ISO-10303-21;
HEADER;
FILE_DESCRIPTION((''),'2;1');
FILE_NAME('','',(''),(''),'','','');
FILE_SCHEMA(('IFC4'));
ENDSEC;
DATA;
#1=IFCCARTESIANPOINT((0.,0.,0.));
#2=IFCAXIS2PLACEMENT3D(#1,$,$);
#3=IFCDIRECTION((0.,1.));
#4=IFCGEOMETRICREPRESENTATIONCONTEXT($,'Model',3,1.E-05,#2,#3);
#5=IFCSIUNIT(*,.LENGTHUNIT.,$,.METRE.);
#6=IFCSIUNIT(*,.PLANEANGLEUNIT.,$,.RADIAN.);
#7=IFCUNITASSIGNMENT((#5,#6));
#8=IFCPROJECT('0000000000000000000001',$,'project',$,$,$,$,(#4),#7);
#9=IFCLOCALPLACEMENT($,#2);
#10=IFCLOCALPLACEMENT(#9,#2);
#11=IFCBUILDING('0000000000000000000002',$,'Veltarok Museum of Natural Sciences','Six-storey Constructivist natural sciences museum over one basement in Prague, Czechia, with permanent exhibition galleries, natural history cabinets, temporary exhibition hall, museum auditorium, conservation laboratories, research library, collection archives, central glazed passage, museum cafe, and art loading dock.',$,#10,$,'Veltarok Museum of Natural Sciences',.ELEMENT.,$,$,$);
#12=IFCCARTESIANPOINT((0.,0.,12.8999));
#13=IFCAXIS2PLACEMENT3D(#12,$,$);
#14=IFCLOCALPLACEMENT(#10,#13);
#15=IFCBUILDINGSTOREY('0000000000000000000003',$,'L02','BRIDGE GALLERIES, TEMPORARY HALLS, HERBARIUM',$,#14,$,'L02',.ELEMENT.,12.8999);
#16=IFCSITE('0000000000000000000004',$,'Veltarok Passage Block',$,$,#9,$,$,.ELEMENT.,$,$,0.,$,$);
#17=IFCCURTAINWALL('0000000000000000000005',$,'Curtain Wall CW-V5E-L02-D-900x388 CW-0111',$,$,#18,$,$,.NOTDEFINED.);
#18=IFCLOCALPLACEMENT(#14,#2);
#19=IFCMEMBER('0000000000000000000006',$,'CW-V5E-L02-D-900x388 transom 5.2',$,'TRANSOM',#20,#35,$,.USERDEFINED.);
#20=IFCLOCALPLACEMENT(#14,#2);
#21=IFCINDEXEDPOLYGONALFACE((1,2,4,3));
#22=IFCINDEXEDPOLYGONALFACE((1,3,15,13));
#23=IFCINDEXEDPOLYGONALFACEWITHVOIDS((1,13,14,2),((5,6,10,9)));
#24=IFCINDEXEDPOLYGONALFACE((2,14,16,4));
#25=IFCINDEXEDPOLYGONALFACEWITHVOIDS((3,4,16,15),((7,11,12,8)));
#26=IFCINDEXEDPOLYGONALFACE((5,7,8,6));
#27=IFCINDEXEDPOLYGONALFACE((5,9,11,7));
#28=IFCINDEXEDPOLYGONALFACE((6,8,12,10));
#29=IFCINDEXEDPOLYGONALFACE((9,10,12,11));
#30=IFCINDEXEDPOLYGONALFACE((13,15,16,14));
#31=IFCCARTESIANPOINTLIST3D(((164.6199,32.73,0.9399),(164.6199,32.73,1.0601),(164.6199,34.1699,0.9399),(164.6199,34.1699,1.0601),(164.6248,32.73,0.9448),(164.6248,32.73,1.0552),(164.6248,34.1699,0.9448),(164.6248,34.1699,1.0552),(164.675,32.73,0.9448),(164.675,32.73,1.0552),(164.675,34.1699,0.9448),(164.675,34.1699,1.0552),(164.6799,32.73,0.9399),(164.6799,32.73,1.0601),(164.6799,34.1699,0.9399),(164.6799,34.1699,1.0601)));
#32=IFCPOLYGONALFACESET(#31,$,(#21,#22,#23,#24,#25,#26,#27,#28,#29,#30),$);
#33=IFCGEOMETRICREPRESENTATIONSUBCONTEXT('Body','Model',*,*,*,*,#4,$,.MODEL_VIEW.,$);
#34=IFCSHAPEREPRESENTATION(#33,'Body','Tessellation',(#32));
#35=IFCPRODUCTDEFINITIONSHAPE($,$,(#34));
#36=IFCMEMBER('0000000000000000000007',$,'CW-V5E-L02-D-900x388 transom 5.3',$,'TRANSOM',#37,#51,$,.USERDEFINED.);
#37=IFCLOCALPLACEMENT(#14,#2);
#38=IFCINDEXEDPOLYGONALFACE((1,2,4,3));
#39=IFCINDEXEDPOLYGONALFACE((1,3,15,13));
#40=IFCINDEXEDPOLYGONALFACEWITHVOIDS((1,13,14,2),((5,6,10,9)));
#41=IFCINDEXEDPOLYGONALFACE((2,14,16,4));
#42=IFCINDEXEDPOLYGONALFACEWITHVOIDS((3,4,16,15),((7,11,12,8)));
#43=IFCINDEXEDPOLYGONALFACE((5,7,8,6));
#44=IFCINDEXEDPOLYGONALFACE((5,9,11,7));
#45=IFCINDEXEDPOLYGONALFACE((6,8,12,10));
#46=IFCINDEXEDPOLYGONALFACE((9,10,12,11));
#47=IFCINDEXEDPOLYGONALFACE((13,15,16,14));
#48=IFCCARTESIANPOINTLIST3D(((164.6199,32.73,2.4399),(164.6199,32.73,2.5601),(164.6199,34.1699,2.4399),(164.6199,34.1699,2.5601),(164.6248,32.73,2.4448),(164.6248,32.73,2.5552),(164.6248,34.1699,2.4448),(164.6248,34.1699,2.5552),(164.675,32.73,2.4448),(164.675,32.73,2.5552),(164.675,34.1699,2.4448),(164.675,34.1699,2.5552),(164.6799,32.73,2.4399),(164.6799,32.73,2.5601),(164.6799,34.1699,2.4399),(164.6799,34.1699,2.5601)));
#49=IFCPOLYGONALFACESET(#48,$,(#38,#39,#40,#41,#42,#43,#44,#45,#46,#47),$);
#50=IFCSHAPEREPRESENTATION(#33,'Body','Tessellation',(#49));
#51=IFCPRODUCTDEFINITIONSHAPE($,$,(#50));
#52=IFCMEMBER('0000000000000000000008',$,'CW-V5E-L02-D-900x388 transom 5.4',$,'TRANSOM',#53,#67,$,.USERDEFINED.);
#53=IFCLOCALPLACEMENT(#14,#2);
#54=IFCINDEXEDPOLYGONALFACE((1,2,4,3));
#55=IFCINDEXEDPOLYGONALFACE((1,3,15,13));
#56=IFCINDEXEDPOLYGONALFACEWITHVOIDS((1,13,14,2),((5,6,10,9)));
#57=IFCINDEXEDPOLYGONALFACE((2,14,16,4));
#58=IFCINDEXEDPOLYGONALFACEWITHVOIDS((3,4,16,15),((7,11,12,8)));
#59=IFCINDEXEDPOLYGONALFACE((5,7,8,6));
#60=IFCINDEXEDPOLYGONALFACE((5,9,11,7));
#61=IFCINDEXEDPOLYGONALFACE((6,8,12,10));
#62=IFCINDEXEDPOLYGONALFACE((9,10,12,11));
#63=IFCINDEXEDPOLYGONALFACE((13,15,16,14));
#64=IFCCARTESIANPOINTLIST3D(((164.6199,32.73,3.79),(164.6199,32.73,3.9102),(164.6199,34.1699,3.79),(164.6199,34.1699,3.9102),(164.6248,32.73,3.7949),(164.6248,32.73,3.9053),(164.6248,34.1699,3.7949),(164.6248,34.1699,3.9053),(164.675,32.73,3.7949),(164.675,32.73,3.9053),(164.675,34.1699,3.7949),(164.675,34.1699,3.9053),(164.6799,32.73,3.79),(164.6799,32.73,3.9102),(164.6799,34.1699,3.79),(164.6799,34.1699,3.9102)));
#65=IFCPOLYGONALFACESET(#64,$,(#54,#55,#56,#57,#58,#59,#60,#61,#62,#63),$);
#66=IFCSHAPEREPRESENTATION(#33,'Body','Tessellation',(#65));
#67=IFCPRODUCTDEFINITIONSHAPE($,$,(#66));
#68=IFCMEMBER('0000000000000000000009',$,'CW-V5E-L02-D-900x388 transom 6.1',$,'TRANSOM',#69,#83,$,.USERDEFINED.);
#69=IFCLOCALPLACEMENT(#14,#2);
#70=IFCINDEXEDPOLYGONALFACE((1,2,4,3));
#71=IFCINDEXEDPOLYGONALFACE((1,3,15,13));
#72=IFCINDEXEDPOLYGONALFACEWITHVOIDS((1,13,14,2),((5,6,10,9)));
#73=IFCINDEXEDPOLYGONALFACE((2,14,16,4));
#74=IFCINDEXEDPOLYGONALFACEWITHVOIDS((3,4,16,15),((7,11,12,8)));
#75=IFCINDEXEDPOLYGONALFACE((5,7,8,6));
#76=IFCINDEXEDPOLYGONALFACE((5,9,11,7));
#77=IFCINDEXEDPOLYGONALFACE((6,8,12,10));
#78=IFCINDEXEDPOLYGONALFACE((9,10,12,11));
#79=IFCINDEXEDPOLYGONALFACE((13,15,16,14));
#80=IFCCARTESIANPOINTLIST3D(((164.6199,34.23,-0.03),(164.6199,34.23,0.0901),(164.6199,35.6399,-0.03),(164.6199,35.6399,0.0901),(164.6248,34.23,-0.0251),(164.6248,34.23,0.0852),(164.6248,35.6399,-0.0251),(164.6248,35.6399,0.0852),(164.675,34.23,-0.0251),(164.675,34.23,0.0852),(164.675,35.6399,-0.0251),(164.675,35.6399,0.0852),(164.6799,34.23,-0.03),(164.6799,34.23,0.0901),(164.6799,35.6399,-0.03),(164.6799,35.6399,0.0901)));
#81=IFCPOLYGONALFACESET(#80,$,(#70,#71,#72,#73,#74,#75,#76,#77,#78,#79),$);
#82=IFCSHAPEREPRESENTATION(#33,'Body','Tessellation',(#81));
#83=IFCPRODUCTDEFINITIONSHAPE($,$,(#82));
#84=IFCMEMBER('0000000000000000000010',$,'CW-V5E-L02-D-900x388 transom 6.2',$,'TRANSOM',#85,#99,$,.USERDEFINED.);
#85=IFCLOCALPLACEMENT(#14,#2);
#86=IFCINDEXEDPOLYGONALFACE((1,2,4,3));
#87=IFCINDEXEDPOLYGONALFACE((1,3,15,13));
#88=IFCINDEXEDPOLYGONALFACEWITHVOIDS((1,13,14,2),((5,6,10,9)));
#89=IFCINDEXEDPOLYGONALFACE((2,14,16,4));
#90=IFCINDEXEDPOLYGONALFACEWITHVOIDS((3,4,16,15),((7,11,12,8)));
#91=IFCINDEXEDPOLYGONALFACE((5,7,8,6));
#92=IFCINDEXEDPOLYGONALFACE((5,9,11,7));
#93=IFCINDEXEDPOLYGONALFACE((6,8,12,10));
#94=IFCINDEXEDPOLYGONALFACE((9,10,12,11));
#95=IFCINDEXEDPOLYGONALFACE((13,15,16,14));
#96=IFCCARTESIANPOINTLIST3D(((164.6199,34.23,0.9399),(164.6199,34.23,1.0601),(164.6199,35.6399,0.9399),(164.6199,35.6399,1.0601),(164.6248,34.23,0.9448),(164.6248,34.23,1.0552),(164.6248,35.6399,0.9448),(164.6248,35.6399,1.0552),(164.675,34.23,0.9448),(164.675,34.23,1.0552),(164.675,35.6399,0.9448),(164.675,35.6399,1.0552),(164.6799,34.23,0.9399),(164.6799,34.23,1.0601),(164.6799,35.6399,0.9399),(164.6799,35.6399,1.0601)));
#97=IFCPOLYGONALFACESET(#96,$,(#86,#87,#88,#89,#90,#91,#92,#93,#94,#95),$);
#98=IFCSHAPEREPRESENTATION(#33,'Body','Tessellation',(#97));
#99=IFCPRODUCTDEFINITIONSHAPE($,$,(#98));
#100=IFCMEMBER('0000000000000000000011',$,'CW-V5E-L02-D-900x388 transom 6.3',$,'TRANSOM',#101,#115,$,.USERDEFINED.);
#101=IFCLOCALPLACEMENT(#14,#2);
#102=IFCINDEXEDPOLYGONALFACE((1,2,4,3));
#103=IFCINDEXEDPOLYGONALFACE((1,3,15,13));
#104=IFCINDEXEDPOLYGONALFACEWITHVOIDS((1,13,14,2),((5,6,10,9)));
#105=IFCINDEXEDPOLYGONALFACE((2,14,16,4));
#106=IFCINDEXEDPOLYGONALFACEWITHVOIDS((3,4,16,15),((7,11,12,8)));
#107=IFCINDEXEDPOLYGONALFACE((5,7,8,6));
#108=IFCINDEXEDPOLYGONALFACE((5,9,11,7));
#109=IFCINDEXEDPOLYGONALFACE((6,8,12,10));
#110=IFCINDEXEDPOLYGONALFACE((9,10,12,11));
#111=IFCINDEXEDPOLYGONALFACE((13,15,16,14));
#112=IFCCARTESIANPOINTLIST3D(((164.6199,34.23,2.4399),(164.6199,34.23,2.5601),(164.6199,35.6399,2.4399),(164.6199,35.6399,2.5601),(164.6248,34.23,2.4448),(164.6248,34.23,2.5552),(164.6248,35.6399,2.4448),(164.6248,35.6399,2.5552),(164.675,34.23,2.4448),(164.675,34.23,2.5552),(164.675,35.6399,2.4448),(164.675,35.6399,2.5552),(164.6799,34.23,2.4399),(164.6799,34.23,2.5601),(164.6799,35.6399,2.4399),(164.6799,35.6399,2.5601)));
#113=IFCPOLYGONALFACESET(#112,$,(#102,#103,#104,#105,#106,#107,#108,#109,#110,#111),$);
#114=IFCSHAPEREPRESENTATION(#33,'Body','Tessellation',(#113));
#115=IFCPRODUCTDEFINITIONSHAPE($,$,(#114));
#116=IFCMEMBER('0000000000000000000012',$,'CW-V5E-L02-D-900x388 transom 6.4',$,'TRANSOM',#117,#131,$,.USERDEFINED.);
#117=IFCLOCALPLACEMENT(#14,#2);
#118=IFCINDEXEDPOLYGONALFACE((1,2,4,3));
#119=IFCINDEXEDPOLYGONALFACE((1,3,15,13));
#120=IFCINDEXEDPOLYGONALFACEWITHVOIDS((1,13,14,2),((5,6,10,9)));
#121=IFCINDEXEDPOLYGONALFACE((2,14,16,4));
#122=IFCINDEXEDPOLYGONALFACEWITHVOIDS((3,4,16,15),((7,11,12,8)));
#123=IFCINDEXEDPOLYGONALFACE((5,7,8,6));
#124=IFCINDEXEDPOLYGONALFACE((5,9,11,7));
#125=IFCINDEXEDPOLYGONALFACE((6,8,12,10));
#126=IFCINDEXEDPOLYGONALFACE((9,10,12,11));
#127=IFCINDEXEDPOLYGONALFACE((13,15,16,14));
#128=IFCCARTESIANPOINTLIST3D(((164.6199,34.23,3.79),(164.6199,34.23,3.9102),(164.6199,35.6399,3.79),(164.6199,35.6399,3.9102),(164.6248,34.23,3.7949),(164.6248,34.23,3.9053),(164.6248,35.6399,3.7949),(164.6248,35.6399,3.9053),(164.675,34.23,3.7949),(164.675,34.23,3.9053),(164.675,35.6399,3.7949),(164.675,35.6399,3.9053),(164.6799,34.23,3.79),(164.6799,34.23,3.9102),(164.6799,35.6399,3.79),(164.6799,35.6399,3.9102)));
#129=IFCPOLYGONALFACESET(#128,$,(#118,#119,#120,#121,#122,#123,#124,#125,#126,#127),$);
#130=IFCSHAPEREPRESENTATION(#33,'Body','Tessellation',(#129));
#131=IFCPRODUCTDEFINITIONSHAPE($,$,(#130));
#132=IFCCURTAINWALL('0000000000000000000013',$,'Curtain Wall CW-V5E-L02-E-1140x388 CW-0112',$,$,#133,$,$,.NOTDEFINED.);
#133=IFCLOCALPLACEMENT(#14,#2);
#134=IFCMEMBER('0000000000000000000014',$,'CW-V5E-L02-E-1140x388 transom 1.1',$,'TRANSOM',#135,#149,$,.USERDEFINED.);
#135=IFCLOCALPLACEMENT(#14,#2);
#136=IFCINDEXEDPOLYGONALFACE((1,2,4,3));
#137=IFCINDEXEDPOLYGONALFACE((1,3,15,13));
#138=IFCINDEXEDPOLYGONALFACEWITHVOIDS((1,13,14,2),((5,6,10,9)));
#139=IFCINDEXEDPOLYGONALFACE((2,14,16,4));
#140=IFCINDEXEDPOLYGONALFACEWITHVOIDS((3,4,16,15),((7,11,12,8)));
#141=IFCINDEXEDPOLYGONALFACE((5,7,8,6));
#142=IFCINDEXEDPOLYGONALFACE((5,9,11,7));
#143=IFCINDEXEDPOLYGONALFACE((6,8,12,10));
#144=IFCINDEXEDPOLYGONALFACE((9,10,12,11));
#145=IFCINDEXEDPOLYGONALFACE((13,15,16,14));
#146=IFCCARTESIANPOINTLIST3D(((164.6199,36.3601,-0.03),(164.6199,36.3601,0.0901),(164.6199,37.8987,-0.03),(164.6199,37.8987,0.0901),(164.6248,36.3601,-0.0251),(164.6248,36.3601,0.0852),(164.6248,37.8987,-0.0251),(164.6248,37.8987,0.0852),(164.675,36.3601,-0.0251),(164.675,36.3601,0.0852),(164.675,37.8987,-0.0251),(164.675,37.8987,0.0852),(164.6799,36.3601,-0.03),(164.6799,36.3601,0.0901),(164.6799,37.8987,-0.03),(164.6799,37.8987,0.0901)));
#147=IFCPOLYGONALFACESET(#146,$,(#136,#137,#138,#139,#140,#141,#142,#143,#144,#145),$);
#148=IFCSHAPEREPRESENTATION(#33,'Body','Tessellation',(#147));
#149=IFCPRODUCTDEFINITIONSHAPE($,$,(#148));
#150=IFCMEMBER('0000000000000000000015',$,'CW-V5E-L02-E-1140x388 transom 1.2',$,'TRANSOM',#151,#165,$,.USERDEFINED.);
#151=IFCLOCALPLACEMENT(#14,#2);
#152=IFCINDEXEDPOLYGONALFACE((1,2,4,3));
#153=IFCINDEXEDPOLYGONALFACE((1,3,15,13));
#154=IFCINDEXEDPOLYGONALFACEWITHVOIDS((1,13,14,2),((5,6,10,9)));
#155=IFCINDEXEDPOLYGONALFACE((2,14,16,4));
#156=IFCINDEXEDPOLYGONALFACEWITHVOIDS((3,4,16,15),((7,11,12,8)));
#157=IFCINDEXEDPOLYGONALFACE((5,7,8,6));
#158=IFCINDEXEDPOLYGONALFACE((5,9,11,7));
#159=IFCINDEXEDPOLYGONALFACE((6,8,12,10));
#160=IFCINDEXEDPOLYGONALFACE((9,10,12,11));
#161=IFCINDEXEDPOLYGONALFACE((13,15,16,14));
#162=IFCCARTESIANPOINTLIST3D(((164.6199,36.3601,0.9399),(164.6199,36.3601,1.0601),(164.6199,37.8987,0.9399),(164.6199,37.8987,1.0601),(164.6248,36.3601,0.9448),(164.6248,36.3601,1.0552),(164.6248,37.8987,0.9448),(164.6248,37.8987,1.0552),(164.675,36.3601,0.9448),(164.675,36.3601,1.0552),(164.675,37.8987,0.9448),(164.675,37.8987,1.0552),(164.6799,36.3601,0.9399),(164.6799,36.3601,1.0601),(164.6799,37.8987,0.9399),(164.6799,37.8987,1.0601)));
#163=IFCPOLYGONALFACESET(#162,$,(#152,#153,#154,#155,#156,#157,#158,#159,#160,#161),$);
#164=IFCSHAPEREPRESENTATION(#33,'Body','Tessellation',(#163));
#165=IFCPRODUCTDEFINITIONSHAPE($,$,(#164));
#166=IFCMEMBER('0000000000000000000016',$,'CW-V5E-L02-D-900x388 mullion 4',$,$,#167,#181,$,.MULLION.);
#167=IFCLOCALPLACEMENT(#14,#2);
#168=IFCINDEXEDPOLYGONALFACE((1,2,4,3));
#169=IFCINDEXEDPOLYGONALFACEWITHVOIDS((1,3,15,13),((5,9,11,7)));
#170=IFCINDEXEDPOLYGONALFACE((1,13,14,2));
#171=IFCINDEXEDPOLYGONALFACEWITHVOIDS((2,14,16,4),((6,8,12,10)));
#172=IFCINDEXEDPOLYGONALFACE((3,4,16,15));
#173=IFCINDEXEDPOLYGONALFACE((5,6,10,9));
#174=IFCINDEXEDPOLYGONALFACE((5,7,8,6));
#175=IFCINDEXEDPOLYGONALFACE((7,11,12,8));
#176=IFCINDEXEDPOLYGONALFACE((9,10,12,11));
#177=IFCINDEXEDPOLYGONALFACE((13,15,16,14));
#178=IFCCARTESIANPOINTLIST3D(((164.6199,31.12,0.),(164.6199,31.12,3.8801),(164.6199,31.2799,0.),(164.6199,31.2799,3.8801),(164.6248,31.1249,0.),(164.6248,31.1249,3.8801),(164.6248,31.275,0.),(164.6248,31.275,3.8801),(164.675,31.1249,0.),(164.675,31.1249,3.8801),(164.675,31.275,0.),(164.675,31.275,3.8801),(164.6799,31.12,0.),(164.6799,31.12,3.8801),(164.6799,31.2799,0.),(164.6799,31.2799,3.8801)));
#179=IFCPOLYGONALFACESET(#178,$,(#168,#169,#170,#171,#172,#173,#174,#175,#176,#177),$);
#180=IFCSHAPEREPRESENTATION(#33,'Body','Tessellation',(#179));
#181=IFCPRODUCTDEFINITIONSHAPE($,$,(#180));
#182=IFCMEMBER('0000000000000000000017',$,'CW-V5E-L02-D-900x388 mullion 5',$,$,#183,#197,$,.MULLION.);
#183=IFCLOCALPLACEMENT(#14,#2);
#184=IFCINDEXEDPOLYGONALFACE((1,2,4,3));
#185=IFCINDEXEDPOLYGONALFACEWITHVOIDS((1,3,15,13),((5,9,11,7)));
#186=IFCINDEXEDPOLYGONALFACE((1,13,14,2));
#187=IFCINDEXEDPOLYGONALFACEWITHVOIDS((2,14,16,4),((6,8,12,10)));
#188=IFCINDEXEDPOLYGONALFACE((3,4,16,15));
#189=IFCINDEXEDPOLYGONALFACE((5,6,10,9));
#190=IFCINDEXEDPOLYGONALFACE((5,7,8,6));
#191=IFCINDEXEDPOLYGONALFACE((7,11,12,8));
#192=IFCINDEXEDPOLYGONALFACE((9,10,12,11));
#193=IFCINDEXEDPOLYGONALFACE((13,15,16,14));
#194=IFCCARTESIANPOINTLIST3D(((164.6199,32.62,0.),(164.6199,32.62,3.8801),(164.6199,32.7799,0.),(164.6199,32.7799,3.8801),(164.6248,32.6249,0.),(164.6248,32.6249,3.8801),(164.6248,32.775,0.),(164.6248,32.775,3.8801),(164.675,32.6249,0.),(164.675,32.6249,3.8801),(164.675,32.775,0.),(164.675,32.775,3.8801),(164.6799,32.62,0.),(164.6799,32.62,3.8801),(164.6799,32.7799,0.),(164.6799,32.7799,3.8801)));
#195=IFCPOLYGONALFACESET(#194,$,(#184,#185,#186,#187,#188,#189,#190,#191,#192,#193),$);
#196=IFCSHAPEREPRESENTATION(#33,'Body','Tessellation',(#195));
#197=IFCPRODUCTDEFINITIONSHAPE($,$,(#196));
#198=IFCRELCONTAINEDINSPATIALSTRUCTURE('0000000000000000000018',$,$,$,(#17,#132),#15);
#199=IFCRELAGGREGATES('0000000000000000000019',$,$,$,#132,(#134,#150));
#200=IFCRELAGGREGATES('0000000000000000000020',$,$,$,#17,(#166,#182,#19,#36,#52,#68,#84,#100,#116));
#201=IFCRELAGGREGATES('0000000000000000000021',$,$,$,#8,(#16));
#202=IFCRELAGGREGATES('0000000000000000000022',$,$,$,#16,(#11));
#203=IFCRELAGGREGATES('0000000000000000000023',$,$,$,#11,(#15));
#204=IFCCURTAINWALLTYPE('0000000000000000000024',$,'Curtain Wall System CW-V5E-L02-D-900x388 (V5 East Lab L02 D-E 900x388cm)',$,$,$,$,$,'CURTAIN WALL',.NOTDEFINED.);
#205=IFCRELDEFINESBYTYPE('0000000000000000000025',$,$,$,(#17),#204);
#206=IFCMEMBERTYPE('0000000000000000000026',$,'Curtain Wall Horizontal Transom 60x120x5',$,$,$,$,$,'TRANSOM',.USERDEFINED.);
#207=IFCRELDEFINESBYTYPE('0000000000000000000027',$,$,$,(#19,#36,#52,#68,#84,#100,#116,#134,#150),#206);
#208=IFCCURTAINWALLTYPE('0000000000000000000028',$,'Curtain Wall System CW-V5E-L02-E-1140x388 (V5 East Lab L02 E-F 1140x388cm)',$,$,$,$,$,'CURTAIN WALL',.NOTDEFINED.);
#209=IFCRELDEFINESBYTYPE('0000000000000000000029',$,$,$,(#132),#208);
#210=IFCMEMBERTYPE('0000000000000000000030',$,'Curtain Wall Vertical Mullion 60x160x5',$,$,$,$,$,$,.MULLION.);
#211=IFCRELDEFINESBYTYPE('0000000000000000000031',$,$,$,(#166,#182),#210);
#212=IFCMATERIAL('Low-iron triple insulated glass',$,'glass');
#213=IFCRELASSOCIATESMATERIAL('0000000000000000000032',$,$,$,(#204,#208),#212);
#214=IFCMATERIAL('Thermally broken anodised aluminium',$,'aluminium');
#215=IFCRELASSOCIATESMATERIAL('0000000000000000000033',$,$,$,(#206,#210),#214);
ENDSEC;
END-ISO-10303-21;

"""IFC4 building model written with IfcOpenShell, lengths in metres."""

from ifc_helpers import new_model, si_unit, direction, frame, origin, origin_2d, place, context, subcontext, project, spatial, hollow_rectangle, extrude, material, material_profile, profile_set, type_object, element, aggregate, save


model = new_model("IFC4")

# Units and contexts
model_context = context("Model", 3, precision=1e-05, world=origin(), true_north=direction((0.0, 1.0)))
body_context = subcontext(model_context, "Body", "Model", "MODEL_VIEW")
ifc_project = project(units=[si_unit("LENGTHUNIT", "METRE"), si_unit("PLANEANGLEUNIT", "RADIAN")], contexts=[model_context])

# Site, building, storey
site_placement = place(None, origin())
site = spatial("IfcSite", under=ifc_project, at=site_placement, Name="Veltarok Passage Block", CompositionType="ELEMENT", RefElevation=0.0)
building_placement = place(site_placement, origin())
building = spatial("IfcBuilding", under=site, at=building_placement, Name="Veltarok Museum of Natural Sciences", Description="Six-storey Constructivist natural sciences museum over one basement in Prague, Czechia, with permanent exhibition galleries, natural history cabinets, temporary exhibition hall, museum auditorium, conservation laboratories, research library, collection archives, central glazed passage, museum cafe, and art loading dock.", LongName="Veltarok Museum of Natural Sciences", CompositionType="ELEMENT")
storey_placement = place(building_placement, frame((0.0, 0.0, 12.8999)))
storey = spatial("IfcBuildingStorey", under=building, at=storey_placement, Name="L02", Description="BRIDGE GALLERIES, TEMPORARY HALLS, HERBARIUM", LongName="L02", CompositionType="ELEMENT", Elevation=12.8999)

# Curtain walls, members
ifc_material_1 = material(Name="Low-iron triple insulated glass", Category="glass")
curtain_wall_type_1 = type_object("IfcCurtainWallType", Name="Curtain Wall System CW-V5E-L02-D-900x388 (V5 East Lab L02 D-E 900x388cm)", ElementType="CURTAIN WALL", PredefinedType="NOTDEFINED", material=ifc_material_1)
curtain_wall_1_placement = place(storey_placement, origin())
curtain_wall_1 = element("IfcCurtainWall", 1, at=curtain_wall_1_placement, inside=storey, type_object=curtain_wall_type_1, Name="Curtain Wall CW-V5E-L02-D-900x388 CW-0111", PredefinedType="NOTDEFINED")
ifc_material_2 = material(Name="Thermally broken anodised aluminium", Category="aluminium")
ifc_material_profile_1 = material_profile(ifc_material_2, hollow_rectangle(XDim=0.0601, YDim=0.1201, WallThickness=0.0049, at=origin_2d()), Name="CW TRANSOM 60x120x5")
ifc_profile_set_1 = profile_set([ifc_material_profile_1], Name="Thermally broken anodised aluminium")
member_type_1 = type_object("IfcMemberType", Name="Curtain Wall Horizontal Transom 60x120x5", ElementType="TRANSOM", PredefinedType="USERDEFINED", material=ifc_profile_set_1)
member_1_placement = place(storey_placement, frame((164.6499, 32.73, 1.0), z_axis=(0.0, 1.0, 0.0), x_axis=(-1.0, 0.0, 0.0)))
member_1 = element("IfcMember", 2, at=member_1_placement, type_object=member_type_1, Name="CW-V5E-L02-D-900x388 transom 5.2", ObjectType="TRANSOM", PredefinedType="USERDEFINED", context=body_context, shape_type="SweptSolid", body=[
    extrude(hollow_rectangle(XDim=0.0601, YDim=0.1201, WallThickness=0.0049, at=origin_2d()), origin(), (0.0, 0.0, 1.0), 1.4399),
])
member_2_placement = place(storey_placement, frame((164.6499, 32.73, 2.5), z_axis=(0.0, 1.0, 0.0), x_axis=(-1.0, 0.0, 0.0)))
member_2 = element("IfcMember", 3, at=member_2_placement, type_object=member_type_1, Name="CW-V5E-L02-D-900x388 transom 5.3", ObjectType="TRANSOM", PredefinedType="USERDEFINED", context=body_context, shape_type="SweptSolid", body=[
    extrude(hollow_rectangle(XDim=0.0601, YDim=0.1201, WallThickness=0.0049, at=origin_2d()), origin(), (0.0, 0.0, 1.0), 1.4399),
])
member_3_placement = place(storey_placement, frame((164.6499, 32.73, 3.8501), z_axis=(0.0, 1.0, 0.0), x_axis=(-1.0, 0.0, 0.0)))
member_3 = element("IfcMember", 4, at=member_3_placement, type_object=member_type_1, Name="CW-V5E-L02-D-900x388 transom 5.4", ObjectType="TRANSOM", PredefinedType="USERDEFINED", context=body_context, shape_type="SweptSolid", body=[
    extrude(hollow_rectangle(XDim=0.0601, YDim=0.1201, WallThickness=0.0049, at=origin_2d()), origin(), (0.0, 0.0, 1.0), 1.4399),
])
member_4_placement = place(storey_placement, frame((164.6499, 34.23, 0.03), z_axis=(0.0, 1.0, 0.0), x_axis=(-1.0, 0.0, 0.0)))
member_4 = element("IfcMember", 5, at=member_4_placement, type_object=member_type_1, Name="CW-V5E-L02-D-900x388 transom 6.1", ObjectType="TRANSOM", PredefinedType="USERDEFINED", context=body_context, shape_type="SweptSolid", body=[
    extrude(hollow_rectangle(XDim=0.0601, YDim=0.1201, WallThickness=0.0049, at=origin_2d()), origin(), (0.0, 0.0, 1.0), 1.4099),
])
member_5_placement = place(storey_placement, frame((164.6499, 34.23, 1.0), z_axis=(0.0, 1.0, 0.0), x_axis=(-1.0, 0.0, 0.0)))
member_5 = element("IfcMember", 6, at=member_5_placement, type_object=member_type_1, Name="CW-V5E-L02-D-900x388 transom 6.2", ObjectType="TRANSOM", PredefinedType="USERDEFINED", context=body_context, shape_type="SweptSolid", body=[
    extrude(hollow_rectangle(XDim=0.0601, YDim=0.1201, WallThickness=0.0049, at=origin_2d()), origin(), (0.0, 0.0, 1.0), 1.4099),
])
member_6_placement = place(storey_placement, frame((164.6499, 34.23, 2.5), z_axis=(0.0, 1.0, 0.0), x_axis=(-1.0, 0.0, 0.0)))
member_6 = element("IfcMember", 7, at=member_6_placement, type_object=member_type_1, Name="CW-V5E-L02-D-900x388 transom 6.3", ObjectType="TRANSOM", PredefinedType="USERDEFINED", context=body_context, shape_type="SweptSolid", body=[
    extrude(hollow_rectangle(XDim=0.0601, YDim=0.1201, WallThickness=0.0049, at=origin_2d()), origin(), (0.0, 0.0, 1.0), 1.4099),
])
member_7_placement = place(storey_placement, frame((164.6499, 34.23, 3.8501), z_axis=(0.0, 1.0, 0.0), x_axis=(-1.0, 0.0, 0.0)))
member_7 = element("IfcMember", 8, at=member_7_placement, type_object=member_type_1, Name="CW-V5E-L02-D-900x388 transom 6.4", ObjectType="TRANSOM", PredefinedType="USERDEFINED", context=body_context, shape_type="SweptSolid", body=[
    extrude(hollow_rectangle(XDim=0.0601, YDim=0.1201, WallThickness=0.0049, at=origin_2d()), origin(), (0.0, 0.0, 1.0), 1.4099),
])
curtain_wall_type_2 = type_object("IfcCurtainWallType", Name="Curtain Wall System CW-V5E-L02-E-1140x388 (V5 East Lab L02 E-F 1140x388cm)", ElementType="CURTAIN WALL", PredefinedType="NOTDEFINED", material=ifc_material_1)
curtain_wall_2_placement = place(storey_placement, origin())
curtain_wall_2 = element("IfcCurtainWall", 9, at=curtain_wall_2_placement, inside=storey, type_object=curtain_wall_type_2, Name="Curtain Wall CW-V5E-L02-E-1140x388 CW-0112", PredefinedType="NOTDEFINED")
member_8_placement = place(storey_placement, frame((164.6499, 36.3601, 0.03), z_axis=(0.0, 1.0, 0.0), x_axis=(-1.0, 0.0, 0.0)))
member_8 = element("IfcMember", 10, at=member_8_placement, type_object=member_type_1, Name="CW-V5E-L02-E-1140x388 transom 1.1", ObjectType="TRANSOM", PredefinedType="USERDEFINED", context=body_context, shape_type="SweptSolid", body=[
    extrude(hollow_rectangle(XDim=0.0601, YDim=0.1201, WallThickness=0.0049, at=origin_2d()), origin(), (0.0, 0.0, 1.0), 1.5386),
])
member_9_placement = place(storey_placement, frame((164.6499, 36.3601, 1.0), z_axis=(0.0, 1.0, 0.0), x_axis=(-1.0, 0.0, 0.0)))
member_9 = element("IfcMember", 11, at=member_9_placement, type_object=member_type_1, Name="CW-V5E-L02-E-1140x388 transom 1.2", ObjectType="TRANSOM", PredefinedType="USERDEFINED", context=body_context, shape_type="SweptSolid", body=[
    extrude(hollow_rectangle(XDim=0.0601, YDim=0.1201, WallThickness=0.0049, at=origin_2d()), origin(), (0.0, 0.0, 1.0), 1.5386),
])

# Members
ifc_material_profile_2 = material_profile(ifc_material_2, hollow_rectangle(XDim=0.0601, YDim=0.1599, WallThickness=0.0049, at=origin_2d()), Name="CW MULLION 60x160x5")
ifc_profile_set_2 = profile_set([ifc_material_profile_2], Name="Thermally broken anodised aluminium")
member_type_2 = type_object("IfcMemberType", Name="Curtain Wall Vertical Mullion 60x160x5", PredefinedType="MULLION", material=ifc_profile_set_2)
member_10_placement = place(storey_placement, frame((164.6499, 31.2, 0.0), z_axis=(0.0, 0.0, 1.0), x_axis=(-1.0, 0.0, 0.0)))
member_10 = element("IfcMember", 12, at=member_10_placement, type_object=member_type_2, Name="CW-V5E-L02-D-900x388 mullion 4", PredefinedType="MULLION", context=body_context, shape_type="SweptSolid", body=[
    extrude(hollow_rectangle(XDim=0.0601, YDim=0.1599, WallThickness=0.0049, at=origin_2d()), origin(), (0.0, 0.0, 1.0), 3.8801),
])
member_11_placement = place(storey_placement, frame((164.6499, 32.7, 0.0), z_axis=(0.0, 0.0, 1.0), x_axis=(-1.0, 0.0, 0.0)))
member_11 = element("IfcMember", 13, at=member_11_placement, type_object=member_type_2, Name="CW-V5E-L02-D-900x388 mullion 5", PredefinedType="MULLION", context=body_context, shape_type="SweptSolid", body=[
    extrude(hollow_rectangle(XDim=0.0601, YDim=0.1599, WallThickness=0.0049, at=origin_2d()), origin(), (0.0, 0.0, 1.0), 3.8801),
])
aggregate(curtain_wall_2, [member_8, member_9])

aggregate(curtain_wall_1, [member_10, member_11, member_1, member_2, member_3, member_4, member_5, member_6, member_7])

save(model, "model.ifc")
